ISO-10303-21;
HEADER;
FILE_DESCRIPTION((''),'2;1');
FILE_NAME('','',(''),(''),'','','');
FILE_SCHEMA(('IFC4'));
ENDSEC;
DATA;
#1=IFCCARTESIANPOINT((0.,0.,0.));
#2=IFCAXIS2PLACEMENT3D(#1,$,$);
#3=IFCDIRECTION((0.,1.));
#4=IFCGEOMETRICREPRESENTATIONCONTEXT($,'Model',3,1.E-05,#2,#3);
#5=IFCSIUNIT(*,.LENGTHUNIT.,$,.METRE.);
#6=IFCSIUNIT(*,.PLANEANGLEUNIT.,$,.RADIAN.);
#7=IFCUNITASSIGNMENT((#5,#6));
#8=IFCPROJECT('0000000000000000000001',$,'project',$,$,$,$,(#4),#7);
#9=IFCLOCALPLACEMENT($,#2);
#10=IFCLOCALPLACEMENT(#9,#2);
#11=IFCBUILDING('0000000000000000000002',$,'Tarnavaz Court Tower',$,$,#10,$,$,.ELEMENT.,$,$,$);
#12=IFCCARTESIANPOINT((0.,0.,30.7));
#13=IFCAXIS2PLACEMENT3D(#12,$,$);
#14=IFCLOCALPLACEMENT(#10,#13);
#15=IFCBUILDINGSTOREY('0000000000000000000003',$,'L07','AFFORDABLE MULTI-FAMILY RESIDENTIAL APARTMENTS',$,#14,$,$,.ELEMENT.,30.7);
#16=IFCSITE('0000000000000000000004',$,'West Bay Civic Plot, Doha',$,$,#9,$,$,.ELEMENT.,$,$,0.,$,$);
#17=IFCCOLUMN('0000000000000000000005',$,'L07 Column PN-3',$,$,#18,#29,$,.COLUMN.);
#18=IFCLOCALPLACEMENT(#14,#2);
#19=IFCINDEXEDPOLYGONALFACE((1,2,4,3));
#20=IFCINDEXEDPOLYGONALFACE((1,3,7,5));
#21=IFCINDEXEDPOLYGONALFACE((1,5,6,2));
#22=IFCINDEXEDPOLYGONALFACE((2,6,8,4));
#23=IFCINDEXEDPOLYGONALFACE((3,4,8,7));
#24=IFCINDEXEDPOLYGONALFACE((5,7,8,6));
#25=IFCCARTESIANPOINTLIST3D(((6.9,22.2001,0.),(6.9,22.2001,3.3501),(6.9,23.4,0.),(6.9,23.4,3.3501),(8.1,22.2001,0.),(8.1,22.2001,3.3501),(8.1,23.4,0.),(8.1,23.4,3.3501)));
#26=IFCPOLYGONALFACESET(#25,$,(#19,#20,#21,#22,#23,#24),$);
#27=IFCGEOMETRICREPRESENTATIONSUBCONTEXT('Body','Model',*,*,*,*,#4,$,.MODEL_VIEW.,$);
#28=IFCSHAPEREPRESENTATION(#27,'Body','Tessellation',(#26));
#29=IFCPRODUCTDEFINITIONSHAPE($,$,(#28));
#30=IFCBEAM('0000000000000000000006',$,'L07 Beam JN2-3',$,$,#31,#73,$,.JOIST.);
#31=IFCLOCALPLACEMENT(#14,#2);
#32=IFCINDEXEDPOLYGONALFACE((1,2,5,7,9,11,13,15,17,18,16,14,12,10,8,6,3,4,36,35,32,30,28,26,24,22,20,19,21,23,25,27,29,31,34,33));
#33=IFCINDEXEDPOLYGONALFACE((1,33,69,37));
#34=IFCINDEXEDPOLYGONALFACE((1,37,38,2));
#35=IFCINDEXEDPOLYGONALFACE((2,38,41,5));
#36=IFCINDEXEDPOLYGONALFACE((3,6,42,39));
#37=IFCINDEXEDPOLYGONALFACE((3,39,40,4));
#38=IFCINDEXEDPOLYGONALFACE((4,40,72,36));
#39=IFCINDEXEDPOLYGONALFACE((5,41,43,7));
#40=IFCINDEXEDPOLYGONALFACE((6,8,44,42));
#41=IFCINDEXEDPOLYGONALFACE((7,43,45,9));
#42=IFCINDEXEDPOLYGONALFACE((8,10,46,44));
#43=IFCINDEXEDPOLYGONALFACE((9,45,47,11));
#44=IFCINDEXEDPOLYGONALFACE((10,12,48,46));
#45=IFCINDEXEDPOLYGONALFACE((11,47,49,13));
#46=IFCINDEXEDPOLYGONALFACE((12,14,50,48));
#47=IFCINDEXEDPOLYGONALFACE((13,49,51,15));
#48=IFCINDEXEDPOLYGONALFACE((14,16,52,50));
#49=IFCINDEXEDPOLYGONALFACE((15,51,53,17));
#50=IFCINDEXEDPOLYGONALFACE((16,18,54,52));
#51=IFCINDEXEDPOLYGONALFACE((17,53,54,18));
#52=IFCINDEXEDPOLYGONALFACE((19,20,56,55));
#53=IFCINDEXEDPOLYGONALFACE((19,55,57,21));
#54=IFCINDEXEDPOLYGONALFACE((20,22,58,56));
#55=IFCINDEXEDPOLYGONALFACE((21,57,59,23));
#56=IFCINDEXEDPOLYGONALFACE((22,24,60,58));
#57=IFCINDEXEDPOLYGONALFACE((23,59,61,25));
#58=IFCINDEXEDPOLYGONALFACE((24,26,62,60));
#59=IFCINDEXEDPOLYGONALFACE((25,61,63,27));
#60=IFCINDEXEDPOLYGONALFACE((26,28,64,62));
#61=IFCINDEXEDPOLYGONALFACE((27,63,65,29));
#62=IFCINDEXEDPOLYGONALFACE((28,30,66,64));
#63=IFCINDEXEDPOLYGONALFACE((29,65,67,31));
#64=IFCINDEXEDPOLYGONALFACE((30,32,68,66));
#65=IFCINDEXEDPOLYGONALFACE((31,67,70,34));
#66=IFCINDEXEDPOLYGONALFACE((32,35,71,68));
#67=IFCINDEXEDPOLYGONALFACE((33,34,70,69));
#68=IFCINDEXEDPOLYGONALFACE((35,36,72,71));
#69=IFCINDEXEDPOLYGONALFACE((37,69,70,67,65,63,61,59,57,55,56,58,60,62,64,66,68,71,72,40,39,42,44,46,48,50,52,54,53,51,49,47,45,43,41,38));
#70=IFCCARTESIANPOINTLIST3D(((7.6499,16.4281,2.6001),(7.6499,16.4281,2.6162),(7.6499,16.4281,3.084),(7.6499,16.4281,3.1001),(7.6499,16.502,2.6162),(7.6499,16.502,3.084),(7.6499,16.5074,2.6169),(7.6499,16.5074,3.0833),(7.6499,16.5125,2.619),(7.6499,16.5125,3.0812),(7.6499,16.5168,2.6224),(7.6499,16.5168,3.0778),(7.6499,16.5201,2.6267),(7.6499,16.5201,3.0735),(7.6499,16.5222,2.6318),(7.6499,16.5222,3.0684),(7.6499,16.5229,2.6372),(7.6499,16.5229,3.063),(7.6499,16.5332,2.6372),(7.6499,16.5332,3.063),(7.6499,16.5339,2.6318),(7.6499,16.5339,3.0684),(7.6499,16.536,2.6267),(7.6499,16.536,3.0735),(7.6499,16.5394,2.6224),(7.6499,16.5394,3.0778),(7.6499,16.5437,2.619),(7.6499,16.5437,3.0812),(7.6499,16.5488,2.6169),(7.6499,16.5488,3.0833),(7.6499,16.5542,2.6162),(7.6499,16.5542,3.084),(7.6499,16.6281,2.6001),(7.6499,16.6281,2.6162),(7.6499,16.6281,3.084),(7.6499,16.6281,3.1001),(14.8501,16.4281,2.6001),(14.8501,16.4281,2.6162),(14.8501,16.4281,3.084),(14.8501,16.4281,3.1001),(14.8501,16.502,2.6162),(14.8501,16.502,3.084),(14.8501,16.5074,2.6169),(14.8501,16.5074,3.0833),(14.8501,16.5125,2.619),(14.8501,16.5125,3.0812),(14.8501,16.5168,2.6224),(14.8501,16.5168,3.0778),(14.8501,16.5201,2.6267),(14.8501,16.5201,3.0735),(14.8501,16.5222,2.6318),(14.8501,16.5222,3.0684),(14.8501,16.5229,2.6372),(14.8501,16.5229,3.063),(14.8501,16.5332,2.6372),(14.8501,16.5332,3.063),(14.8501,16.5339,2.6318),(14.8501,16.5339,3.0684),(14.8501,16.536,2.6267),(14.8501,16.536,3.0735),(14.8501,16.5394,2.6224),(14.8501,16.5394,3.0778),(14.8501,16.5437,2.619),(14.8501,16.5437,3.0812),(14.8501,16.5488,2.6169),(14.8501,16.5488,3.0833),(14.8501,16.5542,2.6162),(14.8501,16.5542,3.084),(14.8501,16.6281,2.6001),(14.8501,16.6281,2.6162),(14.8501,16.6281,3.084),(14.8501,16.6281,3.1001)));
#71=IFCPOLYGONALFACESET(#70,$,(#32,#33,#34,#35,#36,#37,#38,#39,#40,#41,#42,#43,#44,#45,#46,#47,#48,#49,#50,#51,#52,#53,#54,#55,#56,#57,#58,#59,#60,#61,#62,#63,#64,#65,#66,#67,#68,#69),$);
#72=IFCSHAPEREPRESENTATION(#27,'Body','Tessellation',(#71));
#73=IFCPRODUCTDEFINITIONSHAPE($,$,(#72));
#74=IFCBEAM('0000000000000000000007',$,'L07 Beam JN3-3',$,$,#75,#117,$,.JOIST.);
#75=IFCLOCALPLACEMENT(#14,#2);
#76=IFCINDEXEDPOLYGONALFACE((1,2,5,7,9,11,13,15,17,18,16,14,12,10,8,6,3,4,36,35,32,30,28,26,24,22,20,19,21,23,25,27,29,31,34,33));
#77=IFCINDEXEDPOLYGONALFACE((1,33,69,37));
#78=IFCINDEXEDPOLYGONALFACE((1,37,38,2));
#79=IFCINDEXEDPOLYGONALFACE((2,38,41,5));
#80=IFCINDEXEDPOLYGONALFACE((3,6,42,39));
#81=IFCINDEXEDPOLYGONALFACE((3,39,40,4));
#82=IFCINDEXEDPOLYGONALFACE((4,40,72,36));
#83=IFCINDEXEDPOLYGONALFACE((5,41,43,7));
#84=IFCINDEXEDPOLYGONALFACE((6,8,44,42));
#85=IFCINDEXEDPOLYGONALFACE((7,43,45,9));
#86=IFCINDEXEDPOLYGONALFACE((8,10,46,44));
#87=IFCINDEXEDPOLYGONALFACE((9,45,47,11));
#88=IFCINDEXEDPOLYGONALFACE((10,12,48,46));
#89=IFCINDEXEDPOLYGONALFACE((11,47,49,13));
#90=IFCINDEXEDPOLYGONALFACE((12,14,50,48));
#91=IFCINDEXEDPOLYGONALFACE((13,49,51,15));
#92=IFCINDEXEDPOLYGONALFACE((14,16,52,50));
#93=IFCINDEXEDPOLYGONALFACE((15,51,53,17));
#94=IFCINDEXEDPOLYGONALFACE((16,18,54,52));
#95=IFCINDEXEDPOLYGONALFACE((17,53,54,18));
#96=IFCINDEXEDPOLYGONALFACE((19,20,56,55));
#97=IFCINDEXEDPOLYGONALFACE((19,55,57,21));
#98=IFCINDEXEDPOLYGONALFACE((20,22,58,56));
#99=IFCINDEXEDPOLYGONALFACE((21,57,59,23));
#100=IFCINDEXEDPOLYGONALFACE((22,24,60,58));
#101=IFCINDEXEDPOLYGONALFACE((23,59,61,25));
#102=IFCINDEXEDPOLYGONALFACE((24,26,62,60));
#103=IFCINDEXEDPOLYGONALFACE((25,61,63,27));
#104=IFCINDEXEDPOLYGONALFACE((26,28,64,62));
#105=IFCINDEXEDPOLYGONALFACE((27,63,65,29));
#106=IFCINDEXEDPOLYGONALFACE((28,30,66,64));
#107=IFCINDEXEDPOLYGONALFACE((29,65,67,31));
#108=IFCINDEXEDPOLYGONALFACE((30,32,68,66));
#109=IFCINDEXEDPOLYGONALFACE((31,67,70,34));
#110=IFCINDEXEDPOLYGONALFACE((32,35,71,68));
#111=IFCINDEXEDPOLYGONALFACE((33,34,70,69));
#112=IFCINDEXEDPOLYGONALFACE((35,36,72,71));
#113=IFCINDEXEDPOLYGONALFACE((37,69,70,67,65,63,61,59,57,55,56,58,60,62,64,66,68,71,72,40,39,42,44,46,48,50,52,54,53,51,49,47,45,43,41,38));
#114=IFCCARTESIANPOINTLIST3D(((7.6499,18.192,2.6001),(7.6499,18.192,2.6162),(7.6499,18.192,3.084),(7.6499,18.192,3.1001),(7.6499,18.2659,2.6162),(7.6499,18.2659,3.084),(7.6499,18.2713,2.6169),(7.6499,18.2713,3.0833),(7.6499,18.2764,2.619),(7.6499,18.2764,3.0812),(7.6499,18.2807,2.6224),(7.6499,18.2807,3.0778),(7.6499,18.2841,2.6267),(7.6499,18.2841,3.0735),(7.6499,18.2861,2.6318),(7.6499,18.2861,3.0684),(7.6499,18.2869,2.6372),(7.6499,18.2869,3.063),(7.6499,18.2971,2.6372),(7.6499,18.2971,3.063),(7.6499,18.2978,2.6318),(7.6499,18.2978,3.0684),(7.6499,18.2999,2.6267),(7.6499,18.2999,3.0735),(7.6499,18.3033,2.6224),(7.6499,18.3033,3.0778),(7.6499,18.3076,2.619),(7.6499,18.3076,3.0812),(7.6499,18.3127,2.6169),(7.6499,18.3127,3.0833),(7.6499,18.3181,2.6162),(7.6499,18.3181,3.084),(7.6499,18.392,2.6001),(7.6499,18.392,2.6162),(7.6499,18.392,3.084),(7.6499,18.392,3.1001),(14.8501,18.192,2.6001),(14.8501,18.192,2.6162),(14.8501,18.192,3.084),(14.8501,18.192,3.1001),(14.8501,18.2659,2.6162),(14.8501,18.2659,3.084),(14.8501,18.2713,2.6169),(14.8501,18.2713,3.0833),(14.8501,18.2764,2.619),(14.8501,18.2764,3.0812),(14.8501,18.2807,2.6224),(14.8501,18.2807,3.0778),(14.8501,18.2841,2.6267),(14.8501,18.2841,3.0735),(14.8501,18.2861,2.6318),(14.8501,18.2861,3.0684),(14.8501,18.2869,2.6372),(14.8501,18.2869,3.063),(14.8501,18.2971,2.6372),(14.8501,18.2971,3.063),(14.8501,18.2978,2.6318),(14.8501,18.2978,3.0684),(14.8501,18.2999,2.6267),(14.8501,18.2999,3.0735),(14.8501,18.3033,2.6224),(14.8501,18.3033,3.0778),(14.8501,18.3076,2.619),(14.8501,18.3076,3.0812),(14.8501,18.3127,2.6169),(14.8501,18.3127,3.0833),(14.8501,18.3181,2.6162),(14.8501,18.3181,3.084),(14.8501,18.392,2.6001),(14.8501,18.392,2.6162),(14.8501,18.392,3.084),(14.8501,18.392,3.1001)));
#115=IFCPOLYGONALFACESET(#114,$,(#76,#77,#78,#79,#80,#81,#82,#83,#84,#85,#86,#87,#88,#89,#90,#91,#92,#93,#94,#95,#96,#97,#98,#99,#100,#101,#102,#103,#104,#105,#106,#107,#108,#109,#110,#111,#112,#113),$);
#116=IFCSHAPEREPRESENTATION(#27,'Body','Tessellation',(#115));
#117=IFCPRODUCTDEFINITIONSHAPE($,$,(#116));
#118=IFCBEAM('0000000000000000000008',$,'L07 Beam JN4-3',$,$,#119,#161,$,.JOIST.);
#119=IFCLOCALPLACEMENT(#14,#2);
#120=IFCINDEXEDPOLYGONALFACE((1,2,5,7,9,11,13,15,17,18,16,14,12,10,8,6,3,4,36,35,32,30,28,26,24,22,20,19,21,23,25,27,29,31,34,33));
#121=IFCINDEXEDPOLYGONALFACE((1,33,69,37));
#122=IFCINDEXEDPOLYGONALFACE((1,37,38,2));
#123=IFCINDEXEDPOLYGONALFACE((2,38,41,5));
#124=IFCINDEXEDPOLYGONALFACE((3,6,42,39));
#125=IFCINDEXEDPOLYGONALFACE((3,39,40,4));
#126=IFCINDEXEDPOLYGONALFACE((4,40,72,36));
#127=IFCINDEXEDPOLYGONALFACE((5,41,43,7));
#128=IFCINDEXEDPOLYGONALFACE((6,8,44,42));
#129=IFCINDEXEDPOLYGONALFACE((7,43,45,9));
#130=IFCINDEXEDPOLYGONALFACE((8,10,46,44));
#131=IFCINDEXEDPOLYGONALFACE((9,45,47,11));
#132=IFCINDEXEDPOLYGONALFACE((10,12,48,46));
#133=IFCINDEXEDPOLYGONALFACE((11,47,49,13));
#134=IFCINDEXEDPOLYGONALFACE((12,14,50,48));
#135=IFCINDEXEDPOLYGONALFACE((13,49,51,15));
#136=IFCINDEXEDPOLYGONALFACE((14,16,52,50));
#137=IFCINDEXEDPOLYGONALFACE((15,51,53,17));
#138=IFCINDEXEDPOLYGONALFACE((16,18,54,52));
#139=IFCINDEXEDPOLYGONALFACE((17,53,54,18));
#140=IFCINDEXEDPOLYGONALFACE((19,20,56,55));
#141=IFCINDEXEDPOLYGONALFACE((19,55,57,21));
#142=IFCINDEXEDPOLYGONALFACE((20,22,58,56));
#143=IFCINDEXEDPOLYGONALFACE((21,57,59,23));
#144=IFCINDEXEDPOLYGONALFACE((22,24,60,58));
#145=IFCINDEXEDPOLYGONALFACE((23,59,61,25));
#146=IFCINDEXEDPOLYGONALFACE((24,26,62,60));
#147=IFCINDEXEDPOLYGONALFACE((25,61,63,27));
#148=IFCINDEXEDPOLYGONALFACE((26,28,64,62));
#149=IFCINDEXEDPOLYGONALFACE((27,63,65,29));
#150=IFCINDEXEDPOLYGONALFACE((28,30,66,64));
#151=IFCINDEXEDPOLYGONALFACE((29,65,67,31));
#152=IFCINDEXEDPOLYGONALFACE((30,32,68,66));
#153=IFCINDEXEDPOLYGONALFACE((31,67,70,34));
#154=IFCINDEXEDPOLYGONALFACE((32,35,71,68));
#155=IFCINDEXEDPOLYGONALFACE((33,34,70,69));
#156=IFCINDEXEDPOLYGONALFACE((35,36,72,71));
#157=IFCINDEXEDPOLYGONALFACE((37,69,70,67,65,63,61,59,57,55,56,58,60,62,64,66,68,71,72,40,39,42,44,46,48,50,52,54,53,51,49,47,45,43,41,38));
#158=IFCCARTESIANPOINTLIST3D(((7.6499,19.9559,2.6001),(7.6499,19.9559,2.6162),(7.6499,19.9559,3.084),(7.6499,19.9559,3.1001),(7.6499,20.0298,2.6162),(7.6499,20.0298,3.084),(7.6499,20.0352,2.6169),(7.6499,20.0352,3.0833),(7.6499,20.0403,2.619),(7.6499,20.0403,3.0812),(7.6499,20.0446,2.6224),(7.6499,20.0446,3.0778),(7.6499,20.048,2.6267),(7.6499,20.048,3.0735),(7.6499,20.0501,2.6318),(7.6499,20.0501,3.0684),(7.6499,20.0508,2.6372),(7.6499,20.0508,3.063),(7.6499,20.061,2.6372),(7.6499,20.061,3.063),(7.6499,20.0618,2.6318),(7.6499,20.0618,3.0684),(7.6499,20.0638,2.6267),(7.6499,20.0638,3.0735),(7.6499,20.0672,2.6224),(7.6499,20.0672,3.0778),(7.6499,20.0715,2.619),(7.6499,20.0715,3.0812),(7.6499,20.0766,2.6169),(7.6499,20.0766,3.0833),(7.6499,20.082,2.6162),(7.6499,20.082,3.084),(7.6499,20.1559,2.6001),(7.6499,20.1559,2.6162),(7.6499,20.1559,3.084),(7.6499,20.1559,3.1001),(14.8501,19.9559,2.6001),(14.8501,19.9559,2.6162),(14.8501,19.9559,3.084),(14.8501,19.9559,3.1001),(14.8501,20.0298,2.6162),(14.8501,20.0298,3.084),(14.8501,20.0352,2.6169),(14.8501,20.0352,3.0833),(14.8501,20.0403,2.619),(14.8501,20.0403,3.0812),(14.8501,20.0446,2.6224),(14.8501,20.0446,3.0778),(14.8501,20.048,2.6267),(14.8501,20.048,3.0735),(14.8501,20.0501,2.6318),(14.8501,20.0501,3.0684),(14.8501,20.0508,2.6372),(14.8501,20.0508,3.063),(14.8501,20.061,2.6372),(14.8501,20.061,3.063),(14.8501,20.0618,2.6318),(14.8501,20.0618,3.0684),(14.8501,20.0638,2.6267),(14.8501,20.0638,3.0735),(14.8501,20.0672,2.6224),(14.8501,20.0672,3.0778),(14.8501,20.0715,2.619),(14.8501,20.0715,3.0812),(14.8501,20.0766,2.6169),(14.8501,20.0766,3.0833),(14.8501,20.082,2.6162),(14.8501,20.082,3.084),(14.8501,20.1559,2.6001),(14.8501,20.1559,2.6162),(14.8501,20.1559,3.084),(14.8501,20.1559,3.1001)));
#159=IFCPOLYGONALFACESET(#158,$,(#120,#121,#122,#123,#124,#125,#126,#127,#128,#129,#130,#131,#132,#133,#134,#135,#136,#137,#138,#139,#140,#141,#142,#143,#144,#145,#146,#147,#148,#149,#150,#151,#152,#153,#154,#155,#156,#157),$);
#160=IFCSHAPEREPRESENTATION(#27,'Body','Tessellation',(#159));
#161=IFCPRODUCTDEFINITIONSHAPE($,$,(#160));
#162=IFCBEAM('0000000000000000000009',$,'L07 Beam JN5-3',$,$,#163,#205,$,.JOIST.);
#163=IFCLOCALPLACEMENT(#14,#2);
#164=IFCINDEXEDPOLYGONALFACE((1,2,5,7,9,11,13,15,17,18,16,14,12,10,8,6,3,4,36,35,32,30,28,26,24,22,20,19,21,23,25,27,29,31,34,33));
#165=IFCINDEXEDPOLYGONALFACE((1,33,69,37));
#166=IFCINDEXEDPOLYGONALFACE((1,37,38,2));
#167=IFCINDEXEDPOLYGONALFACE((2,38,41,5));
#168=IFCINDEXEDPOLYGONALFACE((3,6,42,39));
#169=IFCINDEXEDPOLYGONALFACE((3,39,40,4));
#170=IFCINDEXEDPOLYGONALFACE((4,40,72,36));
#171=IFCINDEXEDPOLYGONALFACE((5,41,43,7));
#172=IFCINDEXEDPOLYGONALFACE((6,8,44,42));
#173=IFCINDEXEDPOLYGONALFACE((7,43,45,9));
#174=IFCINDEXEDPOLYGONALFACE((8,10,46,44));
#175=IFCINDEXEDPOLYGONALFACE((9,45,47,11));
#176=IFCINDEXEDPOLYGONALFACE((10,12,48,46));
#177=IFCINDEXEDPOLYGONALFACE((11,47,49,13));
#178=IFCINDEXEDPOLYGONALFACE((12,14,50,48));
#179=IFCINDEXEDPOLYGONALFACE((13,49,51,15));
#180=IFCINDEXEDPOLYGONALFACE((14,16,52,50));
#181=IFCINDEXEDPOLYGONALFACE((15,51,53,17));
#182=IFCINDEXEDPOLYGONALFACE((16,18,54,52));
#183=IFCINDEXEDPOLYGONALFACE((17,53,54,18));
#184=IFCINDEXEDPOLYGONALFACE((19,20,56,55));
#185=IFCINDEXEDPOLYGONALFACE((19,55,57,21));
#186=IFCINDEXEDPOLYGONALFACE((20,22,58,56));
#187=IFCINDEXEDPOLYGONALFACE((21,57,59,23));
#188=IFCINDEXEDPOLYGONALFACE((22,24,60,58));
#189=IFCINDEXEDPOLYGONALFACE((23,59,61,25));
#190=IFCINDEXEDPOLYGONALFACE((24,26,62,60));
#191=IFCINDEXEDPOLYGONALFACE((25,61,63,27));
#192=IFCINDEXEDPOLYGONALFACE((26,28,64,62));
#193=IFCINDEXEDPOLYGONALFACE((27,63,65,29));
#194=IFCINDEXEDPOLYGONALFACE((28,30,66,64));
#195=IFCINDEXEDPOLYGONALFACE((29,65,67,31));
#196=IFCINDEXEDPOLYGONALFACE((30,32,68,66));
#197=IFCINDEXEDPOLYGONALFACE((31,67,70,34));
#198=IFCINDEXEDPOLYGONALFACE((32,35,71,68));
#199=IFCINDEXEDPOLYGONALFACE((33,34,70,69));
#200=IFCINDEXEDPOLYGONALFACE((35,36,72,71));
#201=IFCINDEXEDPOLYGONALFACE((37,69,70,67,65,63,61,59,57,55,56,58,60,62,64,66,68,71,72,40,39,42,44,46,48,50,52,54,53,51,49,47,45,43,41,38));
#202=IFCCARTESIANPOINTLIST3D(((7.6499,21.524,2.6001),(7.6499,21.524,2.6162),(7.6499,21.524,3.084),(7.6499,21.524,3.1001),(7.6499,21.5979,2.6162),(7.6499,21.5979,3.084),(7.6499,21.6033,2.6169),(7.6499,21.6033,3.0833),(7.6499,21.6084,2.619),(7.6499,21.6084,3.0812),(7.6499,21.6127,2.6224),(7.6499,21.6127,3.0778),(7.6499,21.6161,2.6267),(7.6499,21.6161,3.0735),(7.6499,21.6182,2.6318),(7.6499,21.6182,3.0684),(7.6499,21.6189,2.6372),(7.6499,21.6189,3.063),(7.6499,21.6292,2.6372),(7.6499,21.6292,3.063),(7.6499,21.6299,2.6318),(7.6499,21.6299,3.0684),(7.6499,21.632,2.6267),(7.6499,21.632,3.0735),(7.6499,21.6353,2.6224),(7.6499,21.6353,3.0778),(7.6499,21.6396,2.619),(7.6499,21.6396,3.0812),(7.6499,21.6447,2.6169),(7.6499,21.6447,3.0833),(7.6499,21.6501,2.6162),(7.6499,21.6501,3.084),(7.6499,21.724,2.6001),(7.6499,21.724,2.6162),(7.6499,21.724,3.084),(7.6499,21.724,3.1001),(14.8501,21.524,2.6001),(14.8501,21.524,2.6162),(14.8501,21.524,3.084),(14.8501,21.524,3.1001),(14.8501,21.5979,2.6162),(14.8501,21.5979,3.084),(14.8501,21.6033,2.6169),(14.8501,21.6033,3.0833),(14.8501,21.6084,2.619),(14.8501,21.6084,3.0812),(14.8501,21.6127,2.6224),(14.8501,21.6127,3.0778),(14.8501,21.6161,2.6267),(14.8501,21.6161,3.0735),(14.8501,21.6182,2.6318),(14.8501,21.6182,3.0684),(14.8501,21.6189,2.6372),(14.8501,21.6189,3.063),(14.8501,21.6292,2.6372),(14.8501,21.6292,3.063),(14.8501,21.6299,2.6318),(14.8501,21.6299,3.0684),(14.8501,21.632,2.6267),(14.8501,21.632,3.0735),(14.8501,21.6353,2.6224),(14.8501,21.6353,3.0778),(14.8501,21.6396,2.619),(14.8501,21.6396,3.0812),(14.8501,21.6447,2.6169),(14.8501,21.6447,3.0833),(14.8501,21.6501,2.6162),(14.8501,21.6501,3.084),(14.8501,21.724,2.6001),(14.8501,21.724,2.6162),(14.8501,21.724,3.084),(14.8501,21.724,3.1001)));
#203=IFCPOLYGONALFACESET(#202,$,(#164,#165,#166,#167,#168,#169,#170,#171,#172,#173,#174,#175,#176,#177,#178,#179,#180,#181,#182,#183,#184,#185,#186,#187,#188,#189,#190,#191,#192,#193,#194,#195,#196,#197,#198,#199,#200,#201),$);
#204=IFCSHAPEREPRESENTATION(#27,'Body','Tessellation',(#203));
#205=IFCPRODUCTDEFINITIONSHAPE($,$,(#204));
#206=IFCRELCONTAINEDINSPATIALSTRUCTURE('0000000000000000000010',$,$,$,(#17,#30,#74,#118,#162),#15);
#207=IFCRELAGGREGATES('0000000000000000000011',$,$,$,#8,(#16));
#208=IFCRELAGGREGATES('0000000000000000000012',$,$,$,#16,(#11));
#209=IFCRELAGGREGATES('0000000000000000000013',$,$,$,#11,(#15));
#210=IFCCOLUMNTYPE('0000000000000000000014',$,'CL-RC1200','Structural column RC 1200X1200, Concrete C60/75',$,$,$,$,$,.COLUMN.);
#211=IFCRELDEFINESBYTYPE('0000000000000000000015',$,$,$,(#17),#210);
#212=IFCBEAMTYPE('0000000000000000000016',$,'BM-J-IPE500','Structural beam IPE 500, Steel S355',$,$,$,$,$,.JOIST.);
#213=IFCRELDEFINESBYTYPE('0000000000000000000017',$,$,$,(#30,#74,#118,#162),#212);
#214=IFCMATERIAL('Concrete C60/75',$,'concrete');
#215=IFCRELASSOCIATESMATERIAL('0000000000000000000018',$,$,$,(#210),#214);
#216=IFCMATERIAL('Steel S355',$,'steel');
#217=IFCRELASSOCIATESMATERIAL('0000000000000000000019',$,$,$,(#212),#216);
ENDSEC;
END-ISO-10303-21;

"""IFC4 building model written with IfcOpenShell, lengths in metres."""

from ifc_helpers import new_model, si_unit, direction, frame, origin, origin_2d, place, context, subcontext, project, spatial, rectangle, i_section, extrude, material, material_profile, profile_set, type_object, element, save


model = new_model("IFC4")

# Units and contexts
model_context = context("Model", 3, precision=1e-05, world=origin(), true_north=direction((0.0, 1.0)))
body_context = subcontext(model_context, "Body", "Model", "MODEL_VIEW")
ifc_project = project(units=[si_unit("LENGTHUNIT", "METRE"), si_unit("PLANEANGLEUNIT", "RADIAN")], contexts=[model_context])

# Site, building, storey
site_placement = place(None, origin())
site = spatial("IfcSite", under=ifc_project, at=site_placement, Name="West Bay Civic Plot, Doha", CompositionType="ELEMENT", RefElevation=0.0)
building_placement = place(site_placement, origin())
building = spatial("IfcBuilding", under=site, at=building_placement, Name="Tarnavaz Court Tower", CompositionType="ELEMENT")
storey_placement = place(building_placement, frame((0.0, 0.0, 30.7)))
storey = spatial("IfcBuildingStorey", under=building, at=storey_placement, Name="L07", Description="AFFORDABLE MULTI-FAMILY RESIDENTIAL APARTMENTS", CompositionType="ELEMENT", Elevation=30.7)

# Column
ifc_material_1 = material(Name="Concrete C60/75", Category="concrete")
ifc_material_profile_1 = material_profile(ifc_material_1, rectangle(XDim=1.2, YDim=1.2, at=origin_2d()), Name="RC 1200X1200")
ifc_profile_set_1 = profile_set([ifc_material_profile_1], Name="Concrete C60/75")
column_type = type_object("IfcColumnType", Name="CL-RC1200", Description="Structural column RC 1200X1200, Concrete C60/75", PredefinedType="COLUMN", material=ifc_profile_set_1)
column_placement = place(storey_placement, frame((7.5, 22.8, 0.0), z_axis=(0.0, 0.0, 1.0), x_axis=(1.0, 0.0, 0.0)))
element("IfcColumn", 1, at=column_placement, inside=storey, type_object=column_type, Name="L07 Column PN-3", PredefinedType="COLUMN", context=body_context, shape_type="SweptSolid", body=[
    extrude(rectangle(XDim=1.2, YDim=1.2, at=origin_2d()), origin(), (0.0, 0.0, 1.0), 3.3501),
])

# Beams
ifc_material_2 = material(Name="Steel S355", Category="steel")
ifc_material_profile_2 = material_profile(ifc_material_2, i_section(OverallWidth=0.2, OverallDepth=0.5, WebThickness=0.0103, FlangeThickness=0.0161, FilletRadius=0.021, at=origin_2d()), Name="IPE 500")
ifc_profile_set_2 = profile_set([ifc_material_profile_2], Name="Steel S355")
beam_type_1 = type_object("IfcBeamType", Name="BM-J-IPE500", Description="Structural beam IPE 500, Steel S355", PredefinedType="JOIST", material=ifc_profile_set_2)
for number, where, z_axis, x_axis, name in (
    (2, (7.6499, 16.5281, 2.8501), (1.0, 0.0, 0.0), (0.0, 1.0, 0.0), "L07 Beam JN2-3"),
    (3, (7.6499, 18.292, 2.8501), (1.0, 0.0, 0.0), (0.0, 1.0, 0.0), "L07 Beam JN3-3"),
    (4, (7.6499, 20.0559, 2.8501), (1.0, 0.0, 0.0), (0.0, 1.0, 0.0), "L07 Beam JN4-3"),
    (5, (7.6499, 21.624, 2.8501), (1.0, 0.0, 0.0), (0.0, 1.0, 0.0), "L07 Beam JN5-3"),
):
    element("IfcBeam", number, at=place(storey_placement, frame(where, z_axis=z_axis, x_axis=x_axis)), inside=storey, type_object=beam_type_1, Name=name, PredefinedType="JOIST", context=body_context, shape_type="SweptSolid", body=[
        extrude(i_section(OverallWidth=0.2, OverallDepth=0.5, WebThickness=0.0103, FlangeThickness=0.0161, FilletRadius=0.021, at=origin_2d()), origin(), (0.0, 0.0, 1.0), 7.2002),
    ])

save(model, "model.ifc")
